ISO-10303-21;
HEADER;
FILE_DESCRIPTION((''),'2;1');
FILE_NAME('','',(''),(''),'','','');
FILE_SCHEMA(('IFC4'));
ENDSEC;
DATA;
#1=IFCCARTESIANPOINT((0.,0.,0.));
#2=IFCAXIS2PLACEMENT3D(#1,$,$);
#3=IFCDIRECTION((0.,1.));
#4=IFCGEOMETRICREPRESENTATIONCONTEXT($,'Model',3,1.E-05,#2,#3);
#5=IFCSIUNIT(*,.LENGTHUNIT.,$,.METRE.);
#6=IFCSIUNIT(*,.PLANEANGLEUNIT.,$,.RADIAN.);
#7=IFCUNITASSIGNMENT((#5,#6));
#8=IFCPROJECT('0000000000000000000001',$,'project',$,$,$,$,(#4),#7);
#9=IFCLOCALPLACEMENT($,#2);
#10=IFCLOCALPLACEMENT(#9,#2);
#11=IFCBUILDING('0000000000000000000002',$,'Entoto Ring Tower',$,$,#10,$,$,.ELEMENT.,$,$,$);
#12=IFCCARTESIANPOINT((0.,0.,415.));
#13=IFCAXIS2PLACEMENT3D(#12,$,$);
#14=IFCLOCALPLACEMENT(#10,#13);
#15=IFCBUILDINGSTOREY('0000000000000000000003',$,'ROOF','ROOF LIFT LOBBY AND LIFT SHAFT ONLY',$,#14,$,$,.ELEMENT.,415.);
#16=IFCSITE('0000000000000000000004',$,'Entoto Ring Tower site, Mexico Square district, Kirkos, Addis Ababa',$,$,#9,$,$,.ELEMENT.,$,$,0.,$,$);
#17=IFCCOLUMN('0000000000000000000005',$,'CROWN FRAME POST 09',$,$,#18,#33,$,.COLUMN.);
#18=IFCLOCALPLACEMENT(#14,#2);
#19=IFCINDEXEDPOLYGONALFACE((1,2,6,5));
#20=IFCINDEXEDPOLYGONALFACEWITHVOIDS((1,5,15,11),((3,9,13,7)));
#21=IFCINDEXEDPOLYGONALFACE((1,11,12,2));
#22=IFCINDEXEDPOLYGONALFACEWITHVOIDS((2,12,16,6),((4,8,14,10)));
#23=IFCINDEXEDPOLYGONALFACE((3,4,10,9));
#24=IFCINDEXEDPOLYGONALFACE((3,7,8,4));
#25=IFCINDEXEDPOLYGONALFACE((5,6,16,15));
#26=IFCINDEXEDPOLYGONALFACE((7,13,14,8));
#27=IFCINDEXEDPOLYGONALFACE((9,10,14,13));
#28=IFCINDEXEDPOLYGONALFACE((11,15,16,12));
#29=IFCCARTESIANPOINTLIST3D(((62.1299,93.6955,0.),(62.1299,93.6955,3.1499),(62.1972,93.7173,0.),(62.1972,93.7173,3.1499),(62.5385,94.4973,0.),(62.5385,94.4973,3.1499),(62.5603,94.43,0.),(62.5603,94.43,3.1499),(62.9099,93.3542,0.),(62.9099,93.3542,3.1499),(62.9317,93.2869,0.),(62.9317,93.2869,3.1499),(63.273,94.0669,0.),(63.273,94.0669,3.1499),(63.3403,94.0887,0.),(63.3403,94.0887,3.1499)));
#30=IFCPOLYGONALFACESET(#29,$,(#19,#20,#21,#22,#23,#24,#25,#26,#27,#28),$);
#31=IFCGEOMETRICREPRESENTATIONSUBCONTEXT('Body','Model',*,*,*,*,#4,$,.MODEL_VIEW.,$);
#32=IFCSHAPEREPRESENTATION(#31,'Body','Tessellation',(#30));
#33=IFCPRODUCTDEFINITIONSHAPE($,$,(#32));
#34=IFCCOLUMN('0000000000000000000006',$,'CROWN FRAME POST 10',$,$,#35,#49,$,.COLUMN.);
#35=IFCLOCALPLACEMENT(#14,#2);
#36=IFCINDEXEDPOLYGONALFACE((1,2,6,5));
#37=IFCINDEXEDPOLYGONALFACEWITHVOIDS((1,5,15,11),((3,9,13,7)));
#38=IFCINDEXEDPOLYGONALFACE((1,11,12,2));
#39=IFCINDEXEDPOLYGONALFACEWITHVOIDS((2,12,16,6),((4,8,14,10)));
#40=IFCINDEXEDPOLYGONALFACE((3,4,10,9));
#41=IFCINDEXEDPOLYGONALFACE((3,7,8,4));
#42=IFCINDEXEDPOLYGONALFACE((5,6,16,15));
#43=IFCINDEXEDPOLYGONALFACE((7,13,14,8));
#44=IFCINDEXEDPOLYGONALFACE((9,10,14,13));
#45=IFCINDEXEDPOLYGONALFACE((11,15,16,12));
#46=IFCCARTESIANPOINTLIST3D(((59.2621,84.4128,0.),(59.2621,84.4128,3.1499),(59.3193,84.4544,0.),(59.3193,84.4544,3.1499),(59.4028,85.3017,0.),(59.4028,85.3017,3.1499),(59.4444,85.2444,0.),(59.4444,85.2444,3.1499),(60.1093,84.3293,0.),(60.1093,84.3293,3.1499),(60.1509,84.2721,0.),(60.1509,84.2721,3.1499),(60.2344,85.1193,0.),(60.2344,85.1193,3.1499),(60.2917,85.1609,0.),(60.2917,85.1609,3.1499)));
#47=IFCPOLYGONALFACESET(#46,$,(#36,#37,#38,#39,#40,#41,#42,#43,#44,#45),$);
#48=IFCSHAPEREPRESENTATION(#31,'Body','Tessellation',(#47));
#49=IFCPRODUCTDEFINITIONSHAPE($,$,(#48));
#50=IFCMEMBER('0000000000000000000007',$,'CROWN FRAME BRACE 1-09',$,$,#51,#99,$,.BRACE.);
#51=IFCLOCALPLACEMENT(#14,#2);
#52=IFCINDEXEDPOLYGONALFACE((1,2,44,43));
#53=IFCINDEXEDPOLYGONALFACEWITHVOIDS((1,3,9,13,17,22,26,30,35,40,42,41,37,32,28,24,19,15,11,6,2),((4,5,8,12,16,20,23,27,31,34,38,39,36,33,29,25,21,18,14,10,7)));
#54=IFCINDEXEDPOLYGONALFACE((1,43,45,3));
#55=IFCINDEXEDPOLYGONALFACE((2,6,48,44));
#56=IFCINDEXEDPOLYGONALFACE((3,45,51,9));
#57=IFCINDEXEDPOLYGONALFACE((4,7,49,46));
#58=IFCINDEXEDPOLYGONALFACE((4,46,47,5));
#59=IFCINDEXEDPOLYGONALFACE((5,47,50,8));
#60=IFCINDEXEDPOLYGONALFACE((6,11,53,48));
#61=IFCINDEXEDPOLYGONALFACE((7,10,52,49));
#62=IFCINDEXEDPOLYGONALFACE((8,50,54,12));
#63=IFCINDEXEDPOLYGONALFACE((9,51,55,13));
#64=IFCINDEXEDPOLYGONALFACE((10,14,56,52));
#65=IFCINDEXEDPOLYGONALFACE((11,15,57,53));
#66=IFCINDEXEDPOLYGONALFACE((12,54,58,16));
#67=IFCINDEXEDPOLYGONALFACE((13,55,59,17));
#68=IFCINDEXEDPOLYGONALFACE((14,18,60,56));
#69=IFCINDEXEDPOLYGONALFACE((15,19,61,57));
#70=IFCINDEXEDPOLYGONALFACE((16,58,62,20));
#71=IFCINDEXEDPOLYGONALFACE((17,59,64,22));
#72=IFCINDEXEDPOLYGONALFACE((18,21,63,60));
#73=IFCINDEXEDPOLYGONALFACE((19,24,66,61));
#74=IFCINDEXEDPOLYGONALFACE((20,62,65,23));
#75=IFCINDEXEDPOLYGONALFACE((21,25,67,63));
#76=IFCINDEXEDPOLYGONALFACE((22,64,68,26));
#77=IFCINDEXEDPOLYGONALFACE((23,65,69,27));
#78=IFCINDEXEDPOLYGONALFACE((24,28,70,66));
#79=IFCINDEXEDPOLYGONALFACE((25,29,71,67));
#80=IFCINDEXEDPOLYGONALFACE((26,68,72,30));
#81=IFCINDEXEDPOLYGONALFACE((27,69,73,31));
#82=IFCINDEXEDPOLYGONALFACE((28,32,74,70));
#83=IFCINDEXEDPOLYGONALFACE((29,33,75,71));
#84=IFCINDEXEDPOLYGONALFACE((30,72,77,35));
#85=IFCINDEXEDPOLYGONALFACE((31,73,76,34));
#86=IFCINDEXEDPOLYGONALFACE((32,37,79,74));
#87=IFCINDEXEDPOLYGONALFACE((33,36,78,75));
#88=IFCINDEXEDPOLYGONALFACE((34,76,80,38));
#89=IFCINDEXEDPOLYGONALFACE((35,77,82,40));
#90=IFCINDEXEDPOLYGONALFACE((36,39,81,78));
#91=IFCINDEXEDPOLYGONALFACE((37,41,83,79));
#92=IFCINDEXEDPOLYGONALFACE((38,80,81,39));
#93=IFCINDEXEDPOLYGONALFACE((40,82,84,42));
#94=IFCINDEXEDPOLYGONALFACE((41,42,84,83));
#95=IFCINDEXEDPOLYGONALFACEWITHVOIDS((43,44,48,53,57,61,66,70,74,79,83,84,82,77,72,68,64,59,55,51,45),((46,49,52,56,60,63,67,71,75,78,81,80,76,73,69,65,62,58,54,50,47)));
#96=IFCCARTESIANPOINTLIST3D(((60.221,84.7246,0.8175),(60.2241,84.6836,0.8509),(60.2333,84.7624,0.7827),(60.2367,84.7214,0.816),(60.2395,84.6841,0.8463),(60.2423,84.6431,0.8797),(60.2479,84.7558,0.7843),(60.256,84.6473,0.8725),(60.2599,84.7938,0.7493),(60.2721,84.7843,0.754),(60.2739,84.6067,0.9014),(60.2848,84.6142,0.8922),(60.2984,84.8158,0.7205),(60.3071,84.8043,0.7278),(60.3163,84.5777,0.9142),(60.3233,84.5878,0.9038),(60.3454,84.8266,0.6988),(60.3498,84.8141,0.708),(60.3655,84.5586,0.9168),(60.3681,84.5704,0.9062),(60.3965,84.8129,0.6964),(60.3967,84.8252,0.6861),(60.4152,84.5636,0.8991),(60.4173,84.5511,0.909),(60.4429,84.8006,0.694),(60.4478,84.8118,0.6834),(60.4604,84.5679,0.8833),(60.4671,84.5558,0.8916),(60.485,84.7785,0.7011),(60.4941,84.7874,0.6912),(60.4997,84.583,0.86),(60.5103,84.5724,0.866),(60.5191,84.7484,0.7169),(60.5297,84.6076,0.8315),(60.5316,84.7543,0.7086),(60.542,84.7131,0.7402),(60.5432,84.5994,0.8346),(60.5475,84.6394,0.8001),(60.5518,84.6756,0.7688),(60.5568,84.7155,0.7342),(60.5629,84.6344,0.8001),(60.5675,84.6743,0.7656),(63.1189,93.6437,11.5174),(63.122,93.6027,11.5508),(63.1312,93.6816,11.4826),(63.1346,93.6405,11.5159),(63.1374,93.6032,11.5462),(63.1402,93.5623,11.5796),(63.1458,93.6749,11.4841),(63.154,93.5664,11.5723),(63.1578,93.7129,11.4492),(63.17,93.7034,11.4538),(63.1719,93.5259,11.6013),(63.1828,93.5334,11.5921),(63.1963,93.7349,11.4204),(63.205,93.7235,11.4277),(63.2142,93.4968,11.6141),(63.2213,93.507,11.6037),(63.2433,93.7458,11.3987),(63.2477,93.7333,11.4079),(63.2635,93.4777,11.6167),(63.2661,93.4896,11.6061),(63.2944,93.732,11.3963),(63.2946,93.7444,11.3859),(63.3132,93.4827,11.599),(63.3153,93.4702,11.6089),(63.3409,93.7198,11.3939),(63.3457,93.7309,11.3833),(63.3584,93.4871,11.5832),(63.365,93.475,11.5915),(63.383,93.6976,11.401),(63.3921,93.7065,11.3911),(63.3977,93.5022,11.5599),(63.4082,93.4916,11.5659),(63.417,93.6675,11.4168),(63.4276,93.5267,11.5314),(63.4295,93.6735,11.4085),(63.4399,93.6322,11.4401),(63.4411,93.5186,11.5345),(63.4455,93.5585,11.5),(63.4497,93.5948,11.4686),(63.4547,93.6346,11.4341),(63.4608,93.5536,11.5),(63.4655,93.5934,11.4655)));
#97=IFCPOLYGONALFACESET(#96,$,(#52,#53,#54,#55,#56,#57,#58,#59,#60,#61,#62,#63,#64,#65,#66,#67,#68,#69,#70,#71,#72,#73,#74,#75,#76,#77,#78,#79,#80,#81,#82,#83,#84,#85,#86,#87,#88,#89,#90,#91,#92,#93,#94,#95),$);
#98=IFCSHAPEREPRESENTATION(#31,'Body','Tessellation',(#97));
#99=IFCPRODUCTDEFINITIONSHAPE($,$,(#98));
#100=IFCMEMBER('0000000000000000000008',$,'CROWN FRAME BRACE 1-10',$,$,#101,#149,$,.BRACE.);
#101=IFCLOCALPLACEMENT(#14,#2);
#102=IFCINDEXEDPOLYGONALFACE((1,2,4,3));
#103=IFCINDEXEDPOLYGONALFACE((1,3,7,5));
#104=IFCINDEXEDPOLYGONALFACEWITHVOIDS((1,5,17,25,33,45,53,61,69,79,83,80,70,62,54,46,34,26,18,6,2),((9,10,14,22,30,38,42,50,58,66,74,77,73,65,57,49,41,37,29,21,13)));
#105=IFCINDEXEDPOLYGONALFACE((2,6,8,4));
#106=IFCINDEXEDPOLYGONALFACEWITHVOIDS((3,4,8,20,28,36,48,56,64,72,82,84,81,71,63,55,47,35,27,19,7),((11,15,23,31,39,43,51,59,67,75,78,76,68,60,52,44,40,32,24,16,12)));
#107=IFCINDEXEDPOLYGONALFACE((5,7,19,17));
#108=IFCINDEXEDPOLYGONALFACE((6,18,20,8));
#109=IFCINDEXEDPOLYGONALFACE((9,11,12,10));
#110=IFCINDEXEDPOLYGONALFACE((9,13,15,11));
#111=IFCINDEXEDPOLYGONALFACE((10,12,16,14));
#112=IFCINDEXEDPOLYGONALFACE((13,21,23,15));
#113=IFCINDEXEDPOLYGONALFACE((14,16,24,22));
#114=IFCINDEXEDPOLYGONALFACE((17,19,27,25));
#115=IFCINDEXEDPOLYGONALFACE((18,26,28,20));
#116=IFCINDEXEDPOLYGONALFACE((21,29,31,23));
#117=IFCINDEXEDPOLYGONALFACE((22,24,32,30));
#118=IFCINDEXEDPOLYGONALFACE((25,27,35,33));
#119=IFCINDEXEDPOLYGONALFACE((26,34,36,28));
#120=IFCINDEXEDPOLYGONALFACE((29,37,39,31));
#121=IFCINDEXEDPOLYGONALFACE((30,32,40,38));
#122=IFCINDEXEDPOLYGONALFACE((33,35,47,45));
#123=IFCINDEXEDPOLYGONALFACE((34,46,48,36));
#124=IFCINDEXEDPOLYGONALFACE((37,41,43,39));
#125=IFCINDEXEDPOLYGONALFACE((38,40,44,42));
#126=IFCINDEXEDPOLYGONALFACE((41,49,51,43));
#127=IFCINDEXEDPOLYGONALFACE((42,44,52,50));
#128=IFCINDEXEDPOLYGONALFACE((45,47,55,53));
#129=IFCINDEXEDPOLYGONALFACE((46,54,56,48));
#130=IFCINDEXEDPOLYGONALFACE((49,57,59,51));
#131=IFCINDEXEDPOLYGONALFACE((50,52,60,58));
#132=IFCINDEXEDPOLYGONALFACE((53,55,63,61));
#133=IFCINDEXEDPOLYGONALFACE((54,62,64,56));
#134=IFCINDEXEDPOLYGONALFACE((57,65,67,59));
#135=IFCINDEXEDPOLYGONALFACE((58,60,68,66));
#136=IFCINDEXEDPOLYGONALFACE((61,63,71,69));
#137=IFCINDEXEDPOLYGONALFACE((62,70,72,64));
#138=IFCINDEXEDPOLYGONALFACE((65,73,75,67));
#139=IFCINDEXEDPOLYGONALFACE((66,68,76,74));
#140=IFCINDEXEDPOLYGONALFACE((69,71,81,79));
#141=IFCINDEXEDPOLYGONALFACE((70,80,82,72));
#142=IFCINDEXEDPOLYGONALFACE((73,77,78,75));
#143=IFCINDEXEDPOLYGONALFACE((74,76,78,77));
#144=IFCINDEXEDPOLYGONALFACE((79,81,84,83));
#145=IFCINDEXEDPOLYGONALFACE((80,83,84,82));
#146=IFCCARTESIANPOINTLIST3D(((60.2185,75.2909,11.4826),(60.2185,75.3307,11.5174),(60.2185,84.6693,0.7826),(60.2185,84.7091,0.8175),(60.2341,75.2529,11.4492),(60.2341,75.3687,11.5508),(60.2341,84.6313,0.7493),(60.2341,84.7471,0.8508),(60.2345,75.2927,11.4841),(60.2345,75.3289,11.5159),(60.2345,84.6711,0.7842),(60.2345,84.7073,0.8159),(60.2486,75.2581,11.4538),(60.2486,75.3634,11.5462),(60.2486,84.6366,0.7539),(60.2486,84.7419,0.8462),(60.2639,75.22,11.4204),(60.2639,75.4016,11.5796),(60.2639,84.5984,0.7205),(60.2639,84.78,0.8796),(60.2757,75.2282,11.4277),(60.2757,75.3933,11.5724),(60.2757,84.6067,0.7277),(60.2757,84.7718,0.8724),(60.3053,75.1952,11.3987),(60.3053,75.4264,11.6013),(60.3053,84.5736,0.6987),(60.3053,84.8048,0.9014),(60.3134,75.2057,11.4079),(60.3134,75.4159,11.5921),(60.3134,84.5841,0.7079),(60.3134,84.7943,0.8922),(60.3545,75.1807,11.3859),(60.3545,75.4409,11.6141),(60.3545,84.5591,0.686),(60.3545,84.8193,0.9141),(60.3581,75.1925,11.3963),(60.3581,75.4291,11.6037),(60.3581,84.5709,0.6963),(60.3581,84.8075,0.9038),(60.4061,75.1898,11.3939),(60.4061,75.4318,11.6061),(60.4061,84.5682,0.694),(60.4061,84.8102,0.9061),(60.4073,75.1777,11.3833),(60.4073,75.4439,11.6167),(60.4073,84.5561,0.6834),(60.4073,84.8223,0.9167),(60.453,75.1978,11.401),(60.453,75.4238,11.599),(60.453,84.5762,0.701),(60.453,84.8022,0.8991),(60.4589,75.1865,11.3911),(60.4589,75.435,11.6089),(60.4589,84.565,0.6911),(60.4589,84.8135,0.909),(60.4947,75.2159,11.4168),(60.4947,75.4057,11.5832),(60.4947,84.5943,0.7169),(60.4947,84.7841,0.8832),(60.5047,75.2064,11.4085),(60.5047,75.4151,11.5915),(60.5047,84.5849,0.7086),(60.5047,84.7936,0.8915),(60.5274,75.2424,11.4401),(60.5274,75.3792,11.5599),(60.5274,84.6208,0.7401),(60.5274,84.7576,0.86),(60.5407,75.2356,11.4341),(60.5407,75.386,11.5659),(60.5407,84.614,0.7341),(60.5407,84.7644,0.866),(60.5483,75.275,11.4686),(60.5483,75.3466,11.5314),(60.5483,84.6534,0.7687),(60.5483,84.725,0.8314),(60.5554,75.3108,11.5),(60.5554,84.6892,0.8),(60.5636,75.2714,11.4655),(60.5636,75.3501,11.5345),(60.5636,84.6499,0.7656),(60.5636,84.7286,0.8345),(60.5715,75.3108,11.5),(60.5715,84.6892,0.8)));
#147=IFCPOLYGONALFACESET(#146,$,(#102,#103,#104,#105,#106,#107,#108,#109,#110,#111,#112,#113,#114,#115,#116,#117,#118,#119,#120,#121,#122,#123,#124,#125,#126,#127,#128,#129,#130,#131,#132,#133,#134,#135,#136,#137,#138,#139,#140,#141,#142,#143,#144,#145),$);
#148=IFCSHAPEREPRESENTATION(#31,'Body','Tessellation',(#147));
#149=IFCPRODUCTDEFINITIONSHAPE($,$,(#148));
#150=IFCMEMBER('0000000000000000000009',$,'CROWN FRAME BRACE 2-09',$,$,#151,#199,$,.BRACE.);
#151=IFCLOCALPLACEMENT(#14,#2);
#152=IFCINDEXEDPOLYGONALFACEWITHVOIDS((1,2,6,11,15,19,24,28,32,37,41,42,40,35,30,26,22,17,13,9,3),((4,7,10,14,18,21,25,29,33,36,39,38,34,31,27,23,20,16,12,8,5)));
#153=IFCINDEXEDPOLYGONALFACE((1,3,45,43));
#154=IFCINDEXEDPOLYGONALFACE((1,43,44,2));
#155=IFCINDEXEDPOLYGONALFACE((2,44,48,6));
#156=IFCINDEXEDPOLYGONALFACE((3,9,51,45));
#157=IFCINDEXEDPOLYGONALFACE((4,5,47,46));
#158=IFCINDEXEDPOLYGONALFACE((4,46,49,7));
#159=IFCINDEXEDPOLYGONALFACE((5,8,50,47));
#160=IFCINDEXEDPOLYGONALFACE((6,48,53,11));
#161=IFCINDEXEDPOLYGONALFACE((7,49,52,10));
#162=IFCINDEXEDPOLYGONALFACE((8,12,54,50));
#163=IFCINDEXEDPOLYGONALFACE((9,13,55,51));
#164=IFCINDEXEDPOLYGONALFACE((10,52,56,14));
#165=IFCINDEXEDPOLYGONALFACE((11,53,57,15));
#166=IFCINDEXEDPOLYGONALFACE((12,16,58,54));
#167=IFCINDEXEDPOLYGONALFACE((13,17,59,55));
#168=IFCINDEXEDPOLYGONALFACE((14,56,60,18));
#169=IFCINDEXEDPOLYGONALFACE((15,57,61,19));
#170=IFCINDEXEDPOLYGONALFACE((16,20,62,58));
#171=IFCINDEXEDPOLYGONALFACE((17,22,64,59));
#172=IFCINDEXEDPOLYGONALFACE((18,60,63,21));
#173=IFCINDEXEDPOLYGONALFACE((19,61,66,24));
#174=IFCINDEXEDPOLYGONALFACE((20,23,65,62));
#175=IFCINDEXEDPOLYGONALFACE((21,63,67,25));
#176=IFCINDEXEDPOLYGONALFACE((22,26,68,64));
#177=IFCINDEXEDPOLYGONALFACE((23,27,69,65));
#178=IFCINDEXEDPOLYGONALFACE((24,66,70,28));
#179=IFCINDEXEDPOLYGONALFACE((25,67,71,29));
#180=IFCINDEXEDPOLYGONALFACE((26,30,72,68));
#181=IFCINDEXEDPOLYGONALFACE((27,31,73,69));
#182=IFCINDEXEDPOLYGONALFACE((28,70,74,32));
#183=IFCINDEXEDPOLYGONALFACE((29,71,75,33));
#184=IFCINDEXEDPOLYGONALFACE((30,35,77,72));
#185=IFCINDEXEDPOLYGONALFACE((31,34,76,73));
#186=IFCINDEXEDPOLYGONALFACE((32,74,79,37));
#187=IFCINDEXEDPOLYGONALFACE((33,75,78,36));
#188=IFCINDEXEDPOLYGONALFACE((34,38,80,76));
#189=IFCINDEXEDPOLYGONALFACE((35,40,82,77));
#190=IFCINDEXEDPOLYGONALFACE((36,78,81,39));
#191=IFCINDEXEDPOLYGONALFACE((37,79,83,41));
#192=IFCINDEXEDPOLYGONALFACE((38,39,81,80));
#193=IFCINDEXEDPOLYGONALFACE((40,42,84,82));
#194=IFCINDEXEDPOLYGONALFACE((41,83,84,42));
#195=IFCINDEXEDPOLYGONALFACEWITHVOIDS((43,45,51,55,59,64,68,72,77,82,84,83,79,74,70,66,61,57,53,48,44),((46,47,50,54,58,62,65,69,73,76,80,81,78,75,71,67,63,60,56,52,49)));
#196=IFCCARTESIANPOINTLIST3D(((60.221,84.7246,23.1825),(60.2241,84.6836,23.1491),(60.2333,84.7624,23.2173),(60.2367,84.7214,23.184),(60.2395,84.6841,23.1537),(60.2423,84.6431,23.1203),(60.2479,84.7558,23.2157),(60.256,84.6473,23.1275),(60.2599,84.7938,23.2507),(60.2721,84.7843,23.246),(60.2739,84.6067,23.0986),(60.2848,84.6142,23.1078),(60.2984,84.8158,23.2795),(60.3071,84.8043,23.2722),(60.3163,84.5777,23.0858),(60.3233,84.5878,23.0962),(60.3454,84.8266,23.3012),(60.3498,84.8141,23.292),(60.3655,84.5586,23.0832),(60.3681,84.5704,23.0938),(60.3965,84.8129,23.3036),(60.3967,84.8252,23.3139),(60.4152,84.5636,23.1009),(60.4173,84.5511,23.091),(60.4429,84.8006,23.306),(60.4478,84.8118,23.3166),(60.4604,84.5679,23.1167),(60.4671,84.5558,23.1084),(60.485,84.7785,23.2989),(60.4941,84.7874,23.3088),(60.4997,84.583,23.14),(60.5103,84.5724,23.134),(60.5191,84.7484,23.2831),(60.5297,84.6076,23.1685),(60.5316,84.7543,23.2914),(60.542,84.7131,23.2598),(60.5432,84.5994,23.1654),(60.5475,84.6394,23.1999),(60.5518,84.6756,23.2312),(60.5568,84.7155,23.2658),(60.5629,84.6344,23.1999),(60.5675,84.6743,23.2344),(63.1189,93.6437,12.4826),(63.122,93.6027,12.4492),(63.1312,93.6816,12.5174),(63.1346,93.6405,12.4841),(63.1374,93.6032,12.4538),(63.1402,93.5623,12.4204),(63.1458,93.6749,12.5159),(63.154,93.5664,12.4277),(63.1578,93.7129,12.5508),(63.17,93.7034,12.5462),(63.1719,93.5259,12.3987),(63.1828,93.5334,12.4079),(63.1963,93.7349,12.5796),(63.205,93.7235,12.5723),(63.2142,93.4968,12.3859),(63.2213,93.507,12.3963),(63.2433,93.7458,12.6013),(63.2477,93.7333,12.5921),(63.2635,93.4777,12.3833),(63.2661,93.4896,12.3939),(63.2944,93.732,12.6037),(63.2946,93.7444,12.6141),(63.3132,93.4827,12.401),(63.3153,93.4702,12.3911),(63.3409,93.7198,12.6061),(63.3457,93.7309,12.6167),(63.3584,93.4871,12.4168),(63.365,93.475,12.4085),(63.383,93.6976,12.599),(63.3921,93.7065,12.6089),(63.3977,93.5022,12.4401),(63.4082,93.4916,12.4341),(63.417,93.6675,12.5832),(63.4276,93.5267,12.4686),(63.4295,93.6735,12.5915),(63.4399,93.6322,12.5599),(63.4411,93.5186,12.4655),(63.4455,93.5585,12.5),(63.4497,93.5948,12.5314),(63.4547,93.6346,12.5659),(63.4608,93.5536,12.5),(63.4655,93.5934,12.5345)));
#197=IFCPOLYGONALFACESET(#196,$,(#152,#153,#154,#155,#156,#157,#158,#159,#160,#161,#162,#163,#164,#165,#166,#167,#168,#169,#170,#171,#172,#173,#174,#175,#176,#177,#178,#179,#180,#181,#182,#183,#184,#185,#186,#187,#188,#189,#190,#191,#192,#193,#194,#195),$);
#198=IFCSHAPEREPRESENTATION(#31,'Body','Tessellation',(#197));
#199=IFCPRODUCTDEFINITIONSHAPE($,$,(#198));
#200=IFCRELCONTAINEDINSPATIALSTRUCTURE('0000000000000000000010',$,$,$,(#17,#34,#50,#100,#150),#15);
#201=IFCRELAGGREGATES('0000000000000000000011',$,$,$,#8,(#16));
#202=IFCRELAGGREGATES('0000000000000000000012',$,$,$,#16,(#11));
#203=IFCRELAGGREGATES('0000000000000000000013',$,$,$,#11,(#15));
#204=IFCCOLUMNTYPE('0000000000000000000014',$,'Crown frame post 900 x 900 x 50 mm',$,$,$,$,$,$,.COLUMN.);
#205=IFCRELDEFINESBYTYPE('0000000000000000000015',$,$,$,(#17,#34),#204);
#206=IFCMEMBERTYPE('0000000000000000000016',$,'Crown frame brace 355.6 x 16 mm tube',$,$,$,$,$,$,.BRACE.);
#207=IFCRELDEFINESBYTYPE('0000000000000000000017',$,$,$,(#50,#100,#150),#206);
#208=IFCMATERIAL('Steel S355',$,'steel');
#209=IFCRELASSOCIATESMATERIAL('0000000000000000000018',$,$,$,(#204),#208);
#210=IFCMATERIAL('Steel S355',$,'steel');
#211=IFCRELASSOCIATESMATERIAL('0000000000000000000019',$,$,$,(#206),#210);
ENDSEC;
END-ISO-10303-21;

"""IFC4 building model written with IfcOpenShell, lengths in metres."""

from ifc_helpers import new_model, si_unit, direction, frame, origin, origin_2d, place, context, subcontext, project, spatial, hollow_rectangle, hollow_circle, extrude, material, material_profile, profile_set, type_object, element, save


model = new_model("IFC4")

# Units and contexts
model_context = context("Model", 3, precision=1e-05, world=origin(), true_north=direction((0.0, 1.0)))
body_context = subcontext(model_context, "Body", "Model", "MODEL_VIEW")
ifc_project = project(units=[si_unit("LENGTHUNIT", "METRE"), si_unit("PLANEANGLEUNIT", "RADIAN")], contexts=[model_context])

# Site, building, storey
site_placement = place(None, origin())
site = spatial("IfcSite", under=ifc_project, at=site_placement, Name="Entoto Ring Tower site, Mexico Square district, Kirkos, Addis Ababa", CompositionType="ELEMENT", RefElevation=0.0)
building_placement = place(site_placement, origin())
building = spatial("IfcBuilding", under=site, at=building_placement, Name="Entoto Ring Tower", CompositionType="ELEMENT")
storey_placement = place(building_placement, frame((0.0, 0.0, 415.0)))
storey = spatial("IfcBuildingStorey", under=building, at=storey_placement, Name="ROOF", Description="ROOF LIFT LOBBY AND LIFT SHAFT ONLY", CompositionType="ELEMENT", Elevation=415.0)

# Columns
ifc_material_1 = material(Name="Steel S355", Category="steel")
ifc_material_profile_1 = material_profile(ifc_material_1, hollow_rectangle(XDim=0.8999, YDim=0.8999, WallThickness=0.05, at=origin_2d()), Name="Crown frame post 900 x 900 x 50 mm")
ifc_profile_set_1 = profile_set([ifc_material_profile_1], Name="Steel S355")
column_type = type_object("IfcColumnType", Name="Crown frame post 900 x 900 x 50 mm", PredefinedType="COLUMN", material=ifc_profile_set_1)
for number, where, z_axis, x_axis, name in (
    (1, (62.7351, 93.8921, 0.0), (0.0, 0.0, 1.0), (-0.45399, -0.891007, 0.0), "CROWN FRAME POST 09"),
    (2, (59.7769, 84.7869, 0.0), (0.0, 0.0, 1.0), (-0.156434, -0.987688, 0.0), "CROWN FRAME POST 10"),
):
    element("IfcColumn", number, at=place(storey_placement, frame(where, z_axis=z_axis, x_axis=x_axis)), inside=storey, type_object=column_type, Name=name, PredefinedType="COLUMN", context=body_context, shape_type="SweptSolid", body=[
        extrude(hollow_rectangle(XDim=0.8999, YDim=0.8999, WallThickness=0.05, at=origin_2d()), origin(), (0.0, 0.0, 1.0), 3.1499),
    ])

# Members
ifc_material_2 = material(Name="Steel S355", Category="steel")
ifc_material_profile_2 = material_profile(ifc_material_2, hollow_circle(Radius=0.1775, WallThickness=0.0161, at=origin_2d()), Name="Crown frame brace 355.6 x 16 mm tube")
ifc_profile_set_2 = profile_set([ifc_material_profile_2], Name="Steel S355")
member_type_1 = type_object("IfcMemberType", Name="Crown frame brace 355.6 x 16 mm tube", PredefinedType="BRACE", material=ifc_profile_set_2)
member_1_placement = place(storey_placement, frame((63.292, 93.6084, 11.5), z_axis=(-0.203678, -0.626871, -0.752029), x_axis=(0.951059, -0.30901, 0.0)))
element("IfcMember", 3, at=member_1_placement, inside=storey, type_object=member_type_1, Name="CROWN FRAME BRACE 1-09", PredefinedType="BRACE", context=body_context, shape_type="SweptSolid", body=[
    extrude(hollow_circle(Radius=0.1775, WallThickness=0.0161, at=origin_2d()), origin(), (0.0, 0.0, 1.0), 14.228),
])
member_2_placement = place(storey_placement, frame((60.394, 84.6892, 0.8), z_axis=(0.0, -0.65914, 0.752021), x_axis=(1.0, 0.0, 0.0)))
element("IfcMember", 4, at=member_2_placement, inside=storey, type_object=member_type_1, Name="CROWN FRAME BRACE 1-10", PredefinedType="BRACE", context=body_context, shape_type="SweptSolid", body=[
    extrude(hollow_circle(Radius=0.1775, WallThickness=0.0161, at=origin_2d()), origin(), (0.0, 0.0, 1.0), 14.2283),
])
member_3_placement = place(storey_placement, frame((63.292, 93.6084, 12.5), z_axis=(-0.203678, -0.626871, 0.752029), x_axis=(0.951059, -0.30901, 0.0)))
element("IfcMember", 5, at=member_3_placement, inside=storey, type_object=member_type_1, Name="CROWN FRAME BRACE 2-09", PredefinedType="BRACE", context=body_context, shape_type="SweptSolid", body=[
    extrude(hollow_circle(Radius=0.1775, WallThickness=0.0161, at=origin_2d()), origin(), (0.0, 0.0, 1.0), 14.228),
])

save(model, "model.ifc")
